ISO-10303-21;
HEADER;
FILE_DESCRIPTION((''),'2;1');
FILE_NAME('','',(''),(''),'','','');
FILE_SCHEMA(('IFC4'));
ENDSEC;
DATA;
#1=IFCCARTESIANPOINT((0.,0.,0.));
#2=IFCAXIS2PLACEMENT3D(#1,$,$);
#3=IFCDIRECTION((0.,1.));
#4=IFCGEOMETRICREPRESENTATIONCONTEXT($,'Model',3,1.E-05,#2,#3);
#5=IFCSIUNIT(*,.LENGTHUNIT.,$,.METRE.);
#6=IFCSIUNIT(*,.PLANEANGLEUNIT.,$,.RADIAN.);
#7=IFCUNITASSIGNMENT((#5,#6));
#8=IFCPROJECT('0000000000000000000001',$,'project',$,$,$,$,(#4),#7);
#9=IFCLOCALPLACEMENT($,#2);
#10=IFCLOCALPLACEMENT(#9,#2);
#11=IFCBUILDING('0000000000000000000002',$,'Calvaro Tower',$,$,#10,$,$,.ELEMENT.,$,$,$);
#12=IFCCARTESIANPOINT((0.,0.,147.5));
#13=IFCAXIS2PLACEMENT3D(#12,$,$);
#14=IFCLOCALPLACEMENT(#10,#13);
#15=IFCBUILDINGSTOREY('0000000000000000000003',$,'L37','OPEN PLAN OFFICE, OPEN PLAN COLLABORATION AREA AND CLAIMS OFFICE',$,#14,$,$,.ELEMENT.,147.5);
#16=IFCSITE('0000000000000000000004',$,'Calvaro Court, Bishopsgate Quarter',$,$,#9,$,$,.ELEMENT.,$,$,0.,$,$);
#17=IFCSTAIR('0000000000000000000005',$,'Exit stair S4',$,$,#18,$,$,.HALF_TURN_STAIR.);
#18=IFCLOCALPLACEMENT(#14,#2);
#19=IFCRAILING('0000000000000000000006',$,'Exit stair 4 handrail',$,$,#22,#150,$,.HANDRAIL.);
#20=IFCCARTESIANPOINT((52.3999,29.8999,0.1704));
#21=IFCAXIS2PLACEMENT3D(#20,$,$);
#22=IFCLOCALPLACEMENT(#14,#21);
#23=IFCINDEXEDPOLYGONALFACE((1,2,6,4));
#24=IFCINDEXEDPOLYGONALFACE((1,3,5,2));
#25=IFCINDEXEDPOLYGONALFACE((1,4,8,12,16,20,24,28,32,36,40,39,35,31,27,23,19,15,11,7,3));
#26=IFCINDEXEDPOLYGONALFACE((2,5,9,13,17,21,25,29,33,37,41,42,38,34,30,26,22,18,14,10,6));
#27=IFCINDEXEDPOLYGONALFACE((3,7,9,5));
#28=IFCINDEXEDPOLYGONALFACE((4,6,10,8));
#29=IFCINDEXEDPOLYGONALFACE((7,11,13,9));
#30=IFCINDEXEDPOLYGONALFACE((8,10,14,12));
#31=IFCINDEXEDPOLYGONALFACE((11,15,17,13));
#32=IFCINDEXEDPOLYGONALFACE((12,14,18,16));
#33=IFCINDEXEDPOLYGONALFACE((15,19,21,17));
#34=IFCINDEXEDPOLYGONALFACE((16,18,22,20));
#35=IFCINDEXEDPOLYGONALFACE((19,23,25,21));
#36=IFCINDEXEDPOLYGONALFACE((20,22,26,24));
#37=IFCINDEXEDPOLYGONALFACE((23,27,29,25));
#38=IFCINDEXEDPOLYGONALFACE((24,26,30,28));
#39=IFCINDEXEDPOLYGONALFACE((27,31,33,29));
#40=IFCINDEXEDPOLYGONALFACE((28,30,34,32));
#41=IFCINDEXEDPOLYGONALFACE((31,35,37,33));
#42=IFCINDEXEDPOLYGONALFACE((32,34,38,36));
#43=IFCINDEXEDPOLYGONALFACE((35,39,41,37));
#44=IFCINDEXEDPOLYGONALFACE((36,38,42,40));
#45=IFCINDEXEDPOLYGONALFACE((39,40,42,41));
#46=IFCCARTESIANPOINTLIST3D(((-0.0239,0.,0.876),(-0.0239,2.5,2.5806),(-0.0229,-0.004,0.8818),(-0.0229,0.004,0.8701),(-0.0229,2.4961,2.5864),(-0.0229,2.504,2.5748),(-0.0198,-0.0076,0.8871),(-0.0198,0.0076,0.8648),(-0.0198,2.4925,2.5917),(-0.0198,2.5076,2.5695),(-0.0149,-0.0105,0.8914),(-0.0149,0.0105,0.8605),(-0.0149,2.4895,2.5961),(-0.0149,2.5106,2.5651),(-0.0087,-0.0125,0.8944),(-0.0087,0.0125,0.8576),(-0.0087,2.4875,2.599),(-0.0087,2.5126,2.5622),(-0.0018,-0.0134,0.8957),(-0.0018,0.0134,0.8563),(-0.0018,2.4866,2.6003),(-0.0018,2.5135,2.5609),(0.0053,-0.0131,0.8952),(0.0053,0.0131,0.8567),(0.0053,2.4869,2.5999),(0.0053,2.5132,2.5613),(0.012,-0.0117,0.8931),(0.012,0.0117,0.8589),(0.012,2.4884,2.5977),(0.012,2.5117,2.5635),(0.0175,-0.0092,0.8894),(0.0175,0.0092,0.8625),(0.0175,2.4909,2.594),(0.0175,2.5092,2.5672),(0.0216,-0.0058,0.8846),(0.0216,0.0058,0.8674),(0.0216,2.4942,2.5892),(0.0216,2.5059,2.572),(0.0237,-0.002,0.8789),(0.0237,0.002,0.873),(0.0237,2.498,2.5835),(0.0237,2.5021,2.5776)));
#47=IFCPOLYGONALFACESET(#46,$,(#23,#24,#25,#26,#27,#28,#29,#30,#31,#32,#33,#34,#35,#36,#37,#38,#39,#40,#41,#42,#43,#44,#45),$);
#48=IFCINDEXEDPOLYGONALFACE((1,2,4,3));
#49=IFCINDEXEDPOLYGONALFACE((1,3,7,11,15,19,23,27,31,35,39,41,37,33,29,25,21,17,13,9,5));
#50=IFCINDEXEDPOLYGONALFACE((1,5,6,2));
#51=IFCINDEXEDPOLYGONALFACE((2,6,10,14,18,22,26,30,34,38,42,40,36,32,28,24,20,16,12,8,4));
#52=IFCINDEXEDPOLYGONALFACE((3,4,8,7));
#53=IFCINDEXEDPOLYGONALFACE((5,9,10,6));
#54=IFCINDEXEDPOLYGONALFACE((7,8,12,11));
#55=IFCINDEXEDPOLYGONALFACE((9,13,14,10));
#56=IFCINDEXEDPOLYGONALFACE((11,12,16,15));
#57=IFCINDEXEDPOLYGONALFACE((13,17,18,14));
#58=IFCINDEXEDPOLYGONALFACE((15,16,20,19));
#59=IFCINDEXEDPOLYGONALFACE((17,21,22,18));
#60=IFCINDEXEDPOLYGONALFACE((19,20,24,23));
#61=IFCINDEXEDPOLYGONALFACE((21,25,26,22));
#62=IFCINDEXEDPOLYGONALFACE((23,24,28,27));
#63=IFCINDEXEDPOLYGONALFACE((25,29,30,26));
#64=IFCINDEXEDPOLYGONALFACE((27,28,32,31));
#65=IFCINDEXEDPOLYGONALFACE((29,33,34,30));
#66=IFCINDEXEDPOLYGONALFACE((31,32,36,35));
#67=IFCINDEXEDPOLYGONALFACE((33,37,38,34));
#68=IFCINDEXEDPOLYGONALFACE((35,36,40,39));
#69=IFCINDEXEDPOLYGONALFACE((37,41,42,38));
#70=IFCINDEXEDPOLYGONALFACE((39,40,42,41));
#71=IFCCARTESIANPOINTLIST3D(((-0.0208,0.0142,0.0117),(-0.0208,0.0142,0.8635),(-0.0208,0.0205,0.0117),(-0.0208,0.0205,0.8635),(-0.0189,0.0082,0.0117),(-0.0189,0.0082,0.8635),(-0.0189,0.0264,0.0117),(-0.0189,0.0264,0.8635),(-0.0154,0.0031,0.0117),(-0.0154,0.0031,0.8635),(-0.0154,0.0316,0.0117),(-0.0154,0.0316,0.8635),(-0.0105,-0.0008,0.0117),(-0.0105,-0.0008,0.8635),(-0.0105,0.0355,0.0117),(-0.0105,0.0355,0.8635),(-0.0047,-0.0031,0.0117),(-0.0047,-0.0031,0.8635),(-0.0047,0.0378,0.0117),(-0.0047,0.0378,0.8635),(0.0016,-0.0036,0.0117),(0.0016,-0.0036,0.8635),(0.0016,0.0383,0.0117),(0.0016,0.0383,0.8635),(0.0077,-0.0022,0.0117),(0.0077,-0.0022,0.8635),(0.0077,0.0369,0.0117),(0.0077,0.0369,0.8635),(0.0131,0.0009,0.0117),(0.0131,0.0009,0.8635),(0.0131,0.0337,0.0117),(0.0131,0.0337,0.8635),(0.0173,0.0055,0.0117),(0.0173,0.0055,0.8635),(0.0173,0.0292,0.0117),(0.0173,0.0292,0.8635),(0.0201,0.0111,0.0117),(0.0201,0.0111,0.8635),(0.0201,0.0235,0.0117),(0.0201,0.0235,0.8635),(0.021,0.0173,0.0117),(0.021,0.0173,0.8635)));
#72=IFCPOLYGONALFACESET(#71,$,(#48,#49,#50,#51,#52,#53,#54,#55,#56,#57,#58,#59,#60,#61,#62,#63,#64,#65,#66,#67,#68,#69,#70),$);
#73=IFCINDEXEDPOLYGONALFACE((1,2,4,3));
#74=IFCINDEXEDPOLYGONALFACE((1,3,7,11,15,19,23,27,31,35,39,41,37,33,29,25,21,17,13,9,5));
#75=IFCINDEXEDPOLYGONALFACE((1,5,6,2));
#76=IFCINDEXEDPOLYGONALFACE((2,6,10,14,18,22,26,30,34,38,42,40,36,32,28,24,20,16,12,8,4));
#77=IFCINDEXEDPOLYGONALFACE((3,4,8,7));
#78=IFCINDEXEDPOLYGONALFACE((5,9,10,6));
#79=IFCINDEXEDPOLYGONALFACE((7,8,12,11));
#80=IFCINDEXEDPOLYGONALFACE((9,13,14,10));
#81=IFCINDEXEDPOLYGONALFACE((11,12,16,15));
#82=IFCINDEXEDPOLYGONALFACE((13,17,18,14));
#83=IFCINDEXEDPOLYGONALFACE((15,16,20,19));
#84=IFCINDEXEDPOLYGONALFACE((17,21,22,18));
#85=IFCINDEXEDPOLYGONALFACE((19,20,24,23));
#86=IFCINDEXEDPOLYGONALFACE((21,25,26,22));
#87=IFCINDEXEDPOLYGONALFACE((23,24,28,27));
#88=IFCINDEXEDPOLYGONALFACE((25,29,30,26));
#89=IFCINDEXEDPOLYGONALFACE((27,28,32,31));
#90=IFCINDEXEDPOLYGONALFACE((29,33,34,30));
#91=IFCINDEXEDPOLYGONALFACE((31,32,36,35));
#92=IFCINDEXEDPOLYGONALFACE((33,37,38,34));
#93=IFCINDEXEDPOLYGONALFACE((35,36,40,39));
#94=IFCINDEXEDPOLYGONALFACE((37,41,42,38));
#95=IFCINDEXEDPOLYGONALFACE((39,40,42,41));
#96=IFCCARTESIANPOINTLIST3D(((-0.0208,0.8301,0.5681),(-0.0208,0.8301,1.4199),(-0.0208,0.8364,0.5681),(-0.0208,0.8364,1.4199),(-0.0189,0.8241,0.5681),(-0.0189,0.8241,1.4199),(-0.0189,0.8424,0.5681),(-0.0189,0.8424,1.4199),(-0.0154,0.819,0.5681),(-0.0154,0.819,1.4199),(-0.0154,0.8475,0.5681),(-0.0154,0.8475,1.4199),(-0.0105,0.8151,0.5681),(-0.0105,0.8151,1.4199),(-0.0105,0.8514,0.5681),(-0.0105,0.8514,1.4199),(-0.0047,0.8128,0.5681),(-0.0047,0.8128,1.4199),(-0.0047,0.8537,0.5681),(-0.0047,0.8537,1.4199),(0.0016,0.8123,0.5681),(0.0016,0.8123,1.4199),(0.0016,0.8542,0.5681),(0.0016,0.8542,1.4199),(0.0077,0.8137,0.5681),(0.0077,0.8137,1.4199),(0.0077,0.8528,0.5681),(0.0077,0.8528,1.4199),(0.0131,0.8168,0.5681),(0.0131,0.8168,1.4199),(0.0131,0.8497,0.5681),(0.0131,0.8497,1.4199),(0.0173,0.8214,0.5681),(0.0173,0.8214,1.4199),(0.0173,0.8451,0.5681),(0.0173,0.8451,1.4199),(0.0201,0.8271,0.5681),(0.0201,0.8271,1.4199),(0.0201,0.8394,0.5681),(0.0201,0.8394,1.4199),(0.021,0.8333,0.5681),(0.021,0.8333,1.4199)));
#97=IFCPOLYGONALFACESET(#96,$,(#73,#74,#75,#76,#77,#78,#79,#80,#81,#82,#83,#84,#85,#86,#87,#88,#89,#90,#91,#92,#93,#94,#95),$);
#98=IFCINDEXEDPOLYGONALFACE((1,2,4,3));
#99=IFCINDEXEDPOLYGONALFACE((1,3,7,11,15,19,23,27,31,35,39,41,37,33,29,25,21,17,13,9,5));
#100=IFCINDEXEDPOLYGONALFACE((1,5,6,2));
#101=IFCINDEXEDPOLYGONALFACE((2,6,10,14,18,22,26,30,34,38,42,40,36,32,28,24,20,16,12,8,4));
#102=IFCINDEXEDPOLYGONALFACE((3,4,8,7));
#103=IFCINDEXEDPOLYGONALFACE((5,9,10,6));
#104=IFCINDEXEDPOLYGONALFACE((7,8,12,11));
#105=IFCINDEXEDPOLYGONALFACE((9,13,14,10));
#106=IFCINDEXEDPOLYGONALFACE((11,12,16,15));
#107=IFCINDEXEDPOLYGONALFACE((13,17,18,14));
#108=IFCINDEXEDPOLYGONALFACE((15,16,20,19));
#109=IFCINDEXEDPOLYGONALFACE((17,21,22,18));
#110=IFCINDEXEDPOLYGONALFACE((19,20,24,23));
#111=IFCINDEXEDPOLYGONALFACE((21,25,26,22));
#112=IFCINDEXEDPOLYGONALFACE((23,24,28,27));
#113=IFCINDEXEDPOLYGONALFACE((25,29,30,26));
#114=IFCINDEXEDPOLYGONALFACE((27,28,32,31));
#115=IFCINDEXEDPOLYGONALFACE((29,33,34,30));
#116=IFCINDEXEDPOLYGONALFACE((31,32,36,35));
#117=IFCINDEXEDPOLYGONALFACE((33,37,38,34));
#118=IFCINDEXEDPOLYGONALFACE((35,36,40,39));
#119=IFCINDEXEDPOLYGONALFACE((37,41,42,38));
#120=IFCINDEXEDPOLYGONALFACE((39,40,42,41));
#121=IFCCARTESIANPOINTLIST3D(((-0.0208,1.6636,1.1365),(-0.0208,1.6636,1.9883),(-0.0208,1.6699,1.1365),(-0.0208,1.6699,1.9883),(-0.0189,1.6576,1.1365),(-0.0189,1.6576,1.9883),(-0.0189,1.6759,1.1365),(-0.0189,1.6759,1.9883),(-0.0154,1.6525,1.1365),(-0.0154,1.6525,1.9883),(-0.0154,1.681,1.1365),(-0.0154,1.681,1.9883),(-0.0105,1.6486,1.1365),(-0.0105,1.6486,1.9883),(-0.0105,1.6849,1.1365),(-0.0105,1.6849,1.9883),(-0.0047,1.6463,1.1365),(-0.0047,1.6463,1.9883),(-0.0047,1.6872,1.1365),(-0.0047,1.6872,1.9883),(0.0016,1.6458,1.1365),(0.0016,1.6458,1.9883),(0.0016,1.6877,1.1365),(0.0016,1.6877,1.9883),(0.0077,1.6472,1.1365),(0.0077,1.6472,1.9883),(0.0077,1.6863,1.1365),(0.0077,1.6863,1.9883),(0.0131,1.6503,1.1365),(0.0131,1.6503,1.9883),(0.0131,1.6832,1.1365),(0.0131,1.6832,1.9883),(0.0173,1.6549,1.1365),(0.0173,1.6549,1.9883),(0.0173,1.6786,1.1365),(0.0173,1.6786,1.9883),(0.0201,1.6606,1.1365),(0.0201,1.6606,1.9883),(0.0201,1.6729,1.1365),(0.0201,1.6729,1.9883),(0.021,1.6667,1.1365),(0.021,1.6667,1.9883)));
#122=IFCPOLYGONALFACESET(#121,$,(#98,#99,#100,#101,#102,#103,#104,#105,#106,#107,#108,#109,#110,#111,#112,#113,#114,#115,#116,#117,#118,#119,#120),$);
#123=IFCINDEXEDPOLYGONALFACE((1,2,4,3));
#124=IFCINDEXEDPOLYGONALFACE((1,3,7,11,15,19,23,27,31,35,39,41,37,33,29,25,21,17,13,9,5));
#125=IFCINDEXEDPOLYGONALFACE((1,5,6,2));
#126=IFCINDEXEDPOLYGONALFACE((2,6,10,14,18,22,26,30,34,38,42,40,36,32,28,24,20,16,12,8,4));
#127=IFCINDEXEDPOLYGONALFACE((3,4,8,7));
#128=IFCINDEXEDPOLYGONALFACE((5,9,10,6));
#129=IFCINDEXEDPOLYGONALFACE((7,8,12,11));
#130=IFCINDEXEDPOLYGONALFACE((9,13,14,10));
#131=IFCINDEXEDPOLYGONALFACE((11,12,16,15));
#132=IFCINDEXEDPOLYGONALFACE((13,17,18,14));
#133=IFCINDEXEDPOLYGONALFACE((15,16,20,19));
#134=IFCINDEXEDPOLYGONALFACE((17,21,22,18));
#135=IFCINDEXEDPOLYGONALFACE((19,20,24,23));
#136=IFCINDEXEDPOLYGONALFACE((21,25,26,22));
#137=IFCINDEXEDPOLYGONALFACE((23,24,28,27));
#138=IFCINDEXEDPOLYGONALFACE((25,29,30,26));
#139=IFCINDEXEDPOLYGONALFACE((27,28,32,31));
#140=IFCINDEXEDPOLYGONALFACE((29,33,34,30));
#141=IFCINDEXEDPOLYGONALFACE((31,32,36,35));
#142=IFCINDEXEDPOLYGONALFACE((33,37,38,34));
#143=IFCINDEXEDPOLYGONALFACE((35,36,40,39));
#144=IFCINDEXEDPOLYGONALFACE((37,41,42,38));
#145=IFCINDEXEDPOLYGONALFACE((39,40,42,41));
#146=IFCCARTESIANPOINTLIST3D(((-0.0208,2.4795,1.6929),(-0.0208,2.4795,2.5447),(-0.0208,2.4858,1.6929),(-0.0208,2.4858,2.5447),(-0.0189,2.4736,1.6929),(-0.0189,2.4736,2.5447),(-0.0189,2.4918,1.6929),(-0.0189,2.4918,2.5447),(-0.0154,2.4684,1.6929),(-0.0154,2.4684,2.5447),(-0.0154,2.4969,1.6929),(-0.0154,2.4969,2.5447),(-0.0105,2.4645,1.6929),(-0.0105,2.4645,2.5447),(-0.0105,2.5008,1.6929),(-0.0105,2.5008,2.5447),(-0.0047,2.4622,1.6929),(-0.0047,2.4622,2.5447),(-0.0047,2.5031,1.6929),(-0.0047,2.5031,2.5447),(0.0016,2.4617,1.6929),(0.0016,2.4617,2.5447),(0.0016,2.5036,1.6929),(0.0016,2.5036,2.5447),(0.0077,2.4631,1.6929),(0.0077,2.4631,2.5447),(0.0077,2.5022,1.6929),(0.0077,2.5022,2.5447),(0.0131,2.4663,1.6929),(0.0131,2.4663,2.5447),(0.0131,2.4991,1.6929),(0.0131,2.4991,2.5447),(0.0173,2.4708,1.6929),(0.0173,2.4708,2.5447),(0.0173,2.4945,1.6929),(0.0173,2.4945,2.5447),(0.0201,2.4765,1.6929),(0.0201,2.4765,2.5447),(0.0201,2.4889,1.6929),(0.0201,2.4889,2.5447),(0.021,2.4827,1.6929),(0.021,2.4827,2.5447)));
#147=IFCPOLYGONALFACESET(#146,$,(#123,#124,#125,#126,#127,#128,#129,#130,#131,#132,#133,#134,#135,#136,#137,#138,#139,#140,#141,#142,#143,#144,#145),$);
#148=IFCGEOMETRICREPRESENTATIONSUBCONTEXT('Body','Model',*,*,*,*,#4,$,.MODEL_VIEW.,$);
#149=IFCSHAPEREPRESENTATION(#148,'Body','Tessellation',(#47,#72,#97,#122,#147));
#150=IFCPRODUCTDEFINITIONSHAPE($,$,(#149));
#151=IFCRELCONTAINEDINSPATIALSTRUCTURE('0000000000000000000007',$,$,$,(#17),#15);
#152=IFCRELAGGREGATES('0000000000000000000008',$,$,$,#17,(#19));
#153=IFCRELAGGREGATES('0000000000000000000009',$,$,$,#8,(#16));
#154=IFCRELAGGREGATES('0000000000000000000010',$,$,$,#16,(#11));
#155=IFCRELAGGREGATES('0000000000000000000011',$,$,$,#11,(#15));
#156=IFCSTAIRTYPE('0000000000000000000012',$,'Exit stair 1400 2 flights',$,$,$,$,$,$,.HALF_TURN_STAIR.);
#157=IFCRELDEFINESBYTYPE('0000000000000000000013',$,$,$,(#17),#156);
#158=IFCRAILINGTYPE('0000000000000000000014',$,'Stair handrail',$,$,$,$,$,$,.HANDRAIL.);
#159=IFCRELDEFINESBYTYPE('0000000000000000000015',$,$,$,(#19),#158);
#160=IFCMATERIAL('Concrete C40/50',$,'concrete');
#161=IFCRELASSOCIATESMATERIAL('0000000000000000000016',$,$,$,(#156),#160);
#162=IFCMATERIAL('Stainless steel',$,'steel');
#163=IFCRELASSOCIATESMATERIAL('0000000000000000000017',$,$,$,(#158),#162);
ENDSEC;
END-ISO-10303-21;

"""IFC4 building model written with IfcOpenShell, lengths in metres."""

from ifc_helpers import new_model, si_unit, direction, frame, origin, origin_2d, place, context, subcontext, project, spatial, circle, extrude, material, type_object, element, aggregate, save


model = new_model("IFC4")

# Units and contexts
model_context = context("Model", 3, precision=1e-05, world=origin(), true_north=direction((0.0, 1.0)))
body_context = subcontext(model_context, "Body", "Model", "MODEL_VIEW")
ifc_project = project(units=[si_unit("LENGTHUNIT", "METRE"), si_unit("PLANEANGLEUNIT", "RADIAN")], contexts=[model_context])

# Site, building, storey
site_placement = place(None, origin())
site = spatial("IfcSite", under=ifc_project, at=site_placement, Name="Calvaro Court, Bishopsgate Quarter", CompositionType="ELEMENT", RefElevation=0.0)
building_placement = place(site_placement, origin())
building = spatial("IfcBuilding", under=site, at=building_placement, Name="Calvaro Tower", CompositionType="ELEMENT")
storey_placement = place(building_placement, frame((0.0, 0.0, 147.5)))
storey = spatial("IfcBuildingStorey", under=building, at=storey_placement, Name="L37", Description="OPEN PLAN OFFICE, OPEN PLAN COLLABORATION AREA AND CLAIMS OFFICE", CompositionType="ELEMENT", Elevation=147.5)

# Stair
ifc_material_1 = material(Name="Concrete C40/50", Category="concrete")
stair_type = type_object("IfcStairType", Name="Exit stair 1400 2 flights", PredefinedType="HALF_TURN_STAIR", material=ifc_material_1)
stair_1_placement = place(storey_placement, origin())
stair_1 = element("IfcStair", 1, at=stair_1_placement, inside=storey, type_object=stair_type, Name="Exit stair S4", PredefinedType="HALF_TURN_STAIR")

# Railing
ifc_material_2 = material(Name="Stainless steel", Category="steel")
railing_type = type_object("IfcRailingType", Name="Stair handrail", PredefinedType="HANDRAIL", material=ifc_material_2)
railing_1_placement = place(storey_placement, frame((52.3999, 29.8999, 0.1704)))
railing_1 = element("IfcRailing", 2, at=railing_1_placement, type_object=railing_type, Name="Exit stair 4 handrail", PredefinedType="HANDRAIL", context=body_context, shape_type="SweptSolid", body=[
    extrude(circle(Radius=0.0239, at=origin_2d()), frame((0.0, 0.0, 0.876), z_axis=(0.0, 0.826221, 0.563347), x_axis=(-1.0, 0.0, 0.0)), (0.0, 0.0, 1.0), 3.0259),
    extrude(circle(Radius=0.021, at=origin_2d()), frame((0.0, 0.0173, 0.0117)), (0.0, 0.0, 1.0), 0.8518),
    extrude(circle(Radius=0.021, at=origin_2d()), frame((0.0, 0.8333, 0.5681)), (0.0, 0.0, 1.0), 0.8518),
    extrude(circle(Radius=0.021, at=origin_2d()), frame((0.0, 1.6667, 1.1365)), (0.0, 0.0, 1.0), 0.8518),
    extrude(circle(Radius=0.021, at=origin_2d()), frame((0.0, 2.4827, 1.6929)), (0.0, 0.0, 1.0), 0.8518),
])
aggregate(stair_1, [railing_1])

save(model, "model.ifc")
